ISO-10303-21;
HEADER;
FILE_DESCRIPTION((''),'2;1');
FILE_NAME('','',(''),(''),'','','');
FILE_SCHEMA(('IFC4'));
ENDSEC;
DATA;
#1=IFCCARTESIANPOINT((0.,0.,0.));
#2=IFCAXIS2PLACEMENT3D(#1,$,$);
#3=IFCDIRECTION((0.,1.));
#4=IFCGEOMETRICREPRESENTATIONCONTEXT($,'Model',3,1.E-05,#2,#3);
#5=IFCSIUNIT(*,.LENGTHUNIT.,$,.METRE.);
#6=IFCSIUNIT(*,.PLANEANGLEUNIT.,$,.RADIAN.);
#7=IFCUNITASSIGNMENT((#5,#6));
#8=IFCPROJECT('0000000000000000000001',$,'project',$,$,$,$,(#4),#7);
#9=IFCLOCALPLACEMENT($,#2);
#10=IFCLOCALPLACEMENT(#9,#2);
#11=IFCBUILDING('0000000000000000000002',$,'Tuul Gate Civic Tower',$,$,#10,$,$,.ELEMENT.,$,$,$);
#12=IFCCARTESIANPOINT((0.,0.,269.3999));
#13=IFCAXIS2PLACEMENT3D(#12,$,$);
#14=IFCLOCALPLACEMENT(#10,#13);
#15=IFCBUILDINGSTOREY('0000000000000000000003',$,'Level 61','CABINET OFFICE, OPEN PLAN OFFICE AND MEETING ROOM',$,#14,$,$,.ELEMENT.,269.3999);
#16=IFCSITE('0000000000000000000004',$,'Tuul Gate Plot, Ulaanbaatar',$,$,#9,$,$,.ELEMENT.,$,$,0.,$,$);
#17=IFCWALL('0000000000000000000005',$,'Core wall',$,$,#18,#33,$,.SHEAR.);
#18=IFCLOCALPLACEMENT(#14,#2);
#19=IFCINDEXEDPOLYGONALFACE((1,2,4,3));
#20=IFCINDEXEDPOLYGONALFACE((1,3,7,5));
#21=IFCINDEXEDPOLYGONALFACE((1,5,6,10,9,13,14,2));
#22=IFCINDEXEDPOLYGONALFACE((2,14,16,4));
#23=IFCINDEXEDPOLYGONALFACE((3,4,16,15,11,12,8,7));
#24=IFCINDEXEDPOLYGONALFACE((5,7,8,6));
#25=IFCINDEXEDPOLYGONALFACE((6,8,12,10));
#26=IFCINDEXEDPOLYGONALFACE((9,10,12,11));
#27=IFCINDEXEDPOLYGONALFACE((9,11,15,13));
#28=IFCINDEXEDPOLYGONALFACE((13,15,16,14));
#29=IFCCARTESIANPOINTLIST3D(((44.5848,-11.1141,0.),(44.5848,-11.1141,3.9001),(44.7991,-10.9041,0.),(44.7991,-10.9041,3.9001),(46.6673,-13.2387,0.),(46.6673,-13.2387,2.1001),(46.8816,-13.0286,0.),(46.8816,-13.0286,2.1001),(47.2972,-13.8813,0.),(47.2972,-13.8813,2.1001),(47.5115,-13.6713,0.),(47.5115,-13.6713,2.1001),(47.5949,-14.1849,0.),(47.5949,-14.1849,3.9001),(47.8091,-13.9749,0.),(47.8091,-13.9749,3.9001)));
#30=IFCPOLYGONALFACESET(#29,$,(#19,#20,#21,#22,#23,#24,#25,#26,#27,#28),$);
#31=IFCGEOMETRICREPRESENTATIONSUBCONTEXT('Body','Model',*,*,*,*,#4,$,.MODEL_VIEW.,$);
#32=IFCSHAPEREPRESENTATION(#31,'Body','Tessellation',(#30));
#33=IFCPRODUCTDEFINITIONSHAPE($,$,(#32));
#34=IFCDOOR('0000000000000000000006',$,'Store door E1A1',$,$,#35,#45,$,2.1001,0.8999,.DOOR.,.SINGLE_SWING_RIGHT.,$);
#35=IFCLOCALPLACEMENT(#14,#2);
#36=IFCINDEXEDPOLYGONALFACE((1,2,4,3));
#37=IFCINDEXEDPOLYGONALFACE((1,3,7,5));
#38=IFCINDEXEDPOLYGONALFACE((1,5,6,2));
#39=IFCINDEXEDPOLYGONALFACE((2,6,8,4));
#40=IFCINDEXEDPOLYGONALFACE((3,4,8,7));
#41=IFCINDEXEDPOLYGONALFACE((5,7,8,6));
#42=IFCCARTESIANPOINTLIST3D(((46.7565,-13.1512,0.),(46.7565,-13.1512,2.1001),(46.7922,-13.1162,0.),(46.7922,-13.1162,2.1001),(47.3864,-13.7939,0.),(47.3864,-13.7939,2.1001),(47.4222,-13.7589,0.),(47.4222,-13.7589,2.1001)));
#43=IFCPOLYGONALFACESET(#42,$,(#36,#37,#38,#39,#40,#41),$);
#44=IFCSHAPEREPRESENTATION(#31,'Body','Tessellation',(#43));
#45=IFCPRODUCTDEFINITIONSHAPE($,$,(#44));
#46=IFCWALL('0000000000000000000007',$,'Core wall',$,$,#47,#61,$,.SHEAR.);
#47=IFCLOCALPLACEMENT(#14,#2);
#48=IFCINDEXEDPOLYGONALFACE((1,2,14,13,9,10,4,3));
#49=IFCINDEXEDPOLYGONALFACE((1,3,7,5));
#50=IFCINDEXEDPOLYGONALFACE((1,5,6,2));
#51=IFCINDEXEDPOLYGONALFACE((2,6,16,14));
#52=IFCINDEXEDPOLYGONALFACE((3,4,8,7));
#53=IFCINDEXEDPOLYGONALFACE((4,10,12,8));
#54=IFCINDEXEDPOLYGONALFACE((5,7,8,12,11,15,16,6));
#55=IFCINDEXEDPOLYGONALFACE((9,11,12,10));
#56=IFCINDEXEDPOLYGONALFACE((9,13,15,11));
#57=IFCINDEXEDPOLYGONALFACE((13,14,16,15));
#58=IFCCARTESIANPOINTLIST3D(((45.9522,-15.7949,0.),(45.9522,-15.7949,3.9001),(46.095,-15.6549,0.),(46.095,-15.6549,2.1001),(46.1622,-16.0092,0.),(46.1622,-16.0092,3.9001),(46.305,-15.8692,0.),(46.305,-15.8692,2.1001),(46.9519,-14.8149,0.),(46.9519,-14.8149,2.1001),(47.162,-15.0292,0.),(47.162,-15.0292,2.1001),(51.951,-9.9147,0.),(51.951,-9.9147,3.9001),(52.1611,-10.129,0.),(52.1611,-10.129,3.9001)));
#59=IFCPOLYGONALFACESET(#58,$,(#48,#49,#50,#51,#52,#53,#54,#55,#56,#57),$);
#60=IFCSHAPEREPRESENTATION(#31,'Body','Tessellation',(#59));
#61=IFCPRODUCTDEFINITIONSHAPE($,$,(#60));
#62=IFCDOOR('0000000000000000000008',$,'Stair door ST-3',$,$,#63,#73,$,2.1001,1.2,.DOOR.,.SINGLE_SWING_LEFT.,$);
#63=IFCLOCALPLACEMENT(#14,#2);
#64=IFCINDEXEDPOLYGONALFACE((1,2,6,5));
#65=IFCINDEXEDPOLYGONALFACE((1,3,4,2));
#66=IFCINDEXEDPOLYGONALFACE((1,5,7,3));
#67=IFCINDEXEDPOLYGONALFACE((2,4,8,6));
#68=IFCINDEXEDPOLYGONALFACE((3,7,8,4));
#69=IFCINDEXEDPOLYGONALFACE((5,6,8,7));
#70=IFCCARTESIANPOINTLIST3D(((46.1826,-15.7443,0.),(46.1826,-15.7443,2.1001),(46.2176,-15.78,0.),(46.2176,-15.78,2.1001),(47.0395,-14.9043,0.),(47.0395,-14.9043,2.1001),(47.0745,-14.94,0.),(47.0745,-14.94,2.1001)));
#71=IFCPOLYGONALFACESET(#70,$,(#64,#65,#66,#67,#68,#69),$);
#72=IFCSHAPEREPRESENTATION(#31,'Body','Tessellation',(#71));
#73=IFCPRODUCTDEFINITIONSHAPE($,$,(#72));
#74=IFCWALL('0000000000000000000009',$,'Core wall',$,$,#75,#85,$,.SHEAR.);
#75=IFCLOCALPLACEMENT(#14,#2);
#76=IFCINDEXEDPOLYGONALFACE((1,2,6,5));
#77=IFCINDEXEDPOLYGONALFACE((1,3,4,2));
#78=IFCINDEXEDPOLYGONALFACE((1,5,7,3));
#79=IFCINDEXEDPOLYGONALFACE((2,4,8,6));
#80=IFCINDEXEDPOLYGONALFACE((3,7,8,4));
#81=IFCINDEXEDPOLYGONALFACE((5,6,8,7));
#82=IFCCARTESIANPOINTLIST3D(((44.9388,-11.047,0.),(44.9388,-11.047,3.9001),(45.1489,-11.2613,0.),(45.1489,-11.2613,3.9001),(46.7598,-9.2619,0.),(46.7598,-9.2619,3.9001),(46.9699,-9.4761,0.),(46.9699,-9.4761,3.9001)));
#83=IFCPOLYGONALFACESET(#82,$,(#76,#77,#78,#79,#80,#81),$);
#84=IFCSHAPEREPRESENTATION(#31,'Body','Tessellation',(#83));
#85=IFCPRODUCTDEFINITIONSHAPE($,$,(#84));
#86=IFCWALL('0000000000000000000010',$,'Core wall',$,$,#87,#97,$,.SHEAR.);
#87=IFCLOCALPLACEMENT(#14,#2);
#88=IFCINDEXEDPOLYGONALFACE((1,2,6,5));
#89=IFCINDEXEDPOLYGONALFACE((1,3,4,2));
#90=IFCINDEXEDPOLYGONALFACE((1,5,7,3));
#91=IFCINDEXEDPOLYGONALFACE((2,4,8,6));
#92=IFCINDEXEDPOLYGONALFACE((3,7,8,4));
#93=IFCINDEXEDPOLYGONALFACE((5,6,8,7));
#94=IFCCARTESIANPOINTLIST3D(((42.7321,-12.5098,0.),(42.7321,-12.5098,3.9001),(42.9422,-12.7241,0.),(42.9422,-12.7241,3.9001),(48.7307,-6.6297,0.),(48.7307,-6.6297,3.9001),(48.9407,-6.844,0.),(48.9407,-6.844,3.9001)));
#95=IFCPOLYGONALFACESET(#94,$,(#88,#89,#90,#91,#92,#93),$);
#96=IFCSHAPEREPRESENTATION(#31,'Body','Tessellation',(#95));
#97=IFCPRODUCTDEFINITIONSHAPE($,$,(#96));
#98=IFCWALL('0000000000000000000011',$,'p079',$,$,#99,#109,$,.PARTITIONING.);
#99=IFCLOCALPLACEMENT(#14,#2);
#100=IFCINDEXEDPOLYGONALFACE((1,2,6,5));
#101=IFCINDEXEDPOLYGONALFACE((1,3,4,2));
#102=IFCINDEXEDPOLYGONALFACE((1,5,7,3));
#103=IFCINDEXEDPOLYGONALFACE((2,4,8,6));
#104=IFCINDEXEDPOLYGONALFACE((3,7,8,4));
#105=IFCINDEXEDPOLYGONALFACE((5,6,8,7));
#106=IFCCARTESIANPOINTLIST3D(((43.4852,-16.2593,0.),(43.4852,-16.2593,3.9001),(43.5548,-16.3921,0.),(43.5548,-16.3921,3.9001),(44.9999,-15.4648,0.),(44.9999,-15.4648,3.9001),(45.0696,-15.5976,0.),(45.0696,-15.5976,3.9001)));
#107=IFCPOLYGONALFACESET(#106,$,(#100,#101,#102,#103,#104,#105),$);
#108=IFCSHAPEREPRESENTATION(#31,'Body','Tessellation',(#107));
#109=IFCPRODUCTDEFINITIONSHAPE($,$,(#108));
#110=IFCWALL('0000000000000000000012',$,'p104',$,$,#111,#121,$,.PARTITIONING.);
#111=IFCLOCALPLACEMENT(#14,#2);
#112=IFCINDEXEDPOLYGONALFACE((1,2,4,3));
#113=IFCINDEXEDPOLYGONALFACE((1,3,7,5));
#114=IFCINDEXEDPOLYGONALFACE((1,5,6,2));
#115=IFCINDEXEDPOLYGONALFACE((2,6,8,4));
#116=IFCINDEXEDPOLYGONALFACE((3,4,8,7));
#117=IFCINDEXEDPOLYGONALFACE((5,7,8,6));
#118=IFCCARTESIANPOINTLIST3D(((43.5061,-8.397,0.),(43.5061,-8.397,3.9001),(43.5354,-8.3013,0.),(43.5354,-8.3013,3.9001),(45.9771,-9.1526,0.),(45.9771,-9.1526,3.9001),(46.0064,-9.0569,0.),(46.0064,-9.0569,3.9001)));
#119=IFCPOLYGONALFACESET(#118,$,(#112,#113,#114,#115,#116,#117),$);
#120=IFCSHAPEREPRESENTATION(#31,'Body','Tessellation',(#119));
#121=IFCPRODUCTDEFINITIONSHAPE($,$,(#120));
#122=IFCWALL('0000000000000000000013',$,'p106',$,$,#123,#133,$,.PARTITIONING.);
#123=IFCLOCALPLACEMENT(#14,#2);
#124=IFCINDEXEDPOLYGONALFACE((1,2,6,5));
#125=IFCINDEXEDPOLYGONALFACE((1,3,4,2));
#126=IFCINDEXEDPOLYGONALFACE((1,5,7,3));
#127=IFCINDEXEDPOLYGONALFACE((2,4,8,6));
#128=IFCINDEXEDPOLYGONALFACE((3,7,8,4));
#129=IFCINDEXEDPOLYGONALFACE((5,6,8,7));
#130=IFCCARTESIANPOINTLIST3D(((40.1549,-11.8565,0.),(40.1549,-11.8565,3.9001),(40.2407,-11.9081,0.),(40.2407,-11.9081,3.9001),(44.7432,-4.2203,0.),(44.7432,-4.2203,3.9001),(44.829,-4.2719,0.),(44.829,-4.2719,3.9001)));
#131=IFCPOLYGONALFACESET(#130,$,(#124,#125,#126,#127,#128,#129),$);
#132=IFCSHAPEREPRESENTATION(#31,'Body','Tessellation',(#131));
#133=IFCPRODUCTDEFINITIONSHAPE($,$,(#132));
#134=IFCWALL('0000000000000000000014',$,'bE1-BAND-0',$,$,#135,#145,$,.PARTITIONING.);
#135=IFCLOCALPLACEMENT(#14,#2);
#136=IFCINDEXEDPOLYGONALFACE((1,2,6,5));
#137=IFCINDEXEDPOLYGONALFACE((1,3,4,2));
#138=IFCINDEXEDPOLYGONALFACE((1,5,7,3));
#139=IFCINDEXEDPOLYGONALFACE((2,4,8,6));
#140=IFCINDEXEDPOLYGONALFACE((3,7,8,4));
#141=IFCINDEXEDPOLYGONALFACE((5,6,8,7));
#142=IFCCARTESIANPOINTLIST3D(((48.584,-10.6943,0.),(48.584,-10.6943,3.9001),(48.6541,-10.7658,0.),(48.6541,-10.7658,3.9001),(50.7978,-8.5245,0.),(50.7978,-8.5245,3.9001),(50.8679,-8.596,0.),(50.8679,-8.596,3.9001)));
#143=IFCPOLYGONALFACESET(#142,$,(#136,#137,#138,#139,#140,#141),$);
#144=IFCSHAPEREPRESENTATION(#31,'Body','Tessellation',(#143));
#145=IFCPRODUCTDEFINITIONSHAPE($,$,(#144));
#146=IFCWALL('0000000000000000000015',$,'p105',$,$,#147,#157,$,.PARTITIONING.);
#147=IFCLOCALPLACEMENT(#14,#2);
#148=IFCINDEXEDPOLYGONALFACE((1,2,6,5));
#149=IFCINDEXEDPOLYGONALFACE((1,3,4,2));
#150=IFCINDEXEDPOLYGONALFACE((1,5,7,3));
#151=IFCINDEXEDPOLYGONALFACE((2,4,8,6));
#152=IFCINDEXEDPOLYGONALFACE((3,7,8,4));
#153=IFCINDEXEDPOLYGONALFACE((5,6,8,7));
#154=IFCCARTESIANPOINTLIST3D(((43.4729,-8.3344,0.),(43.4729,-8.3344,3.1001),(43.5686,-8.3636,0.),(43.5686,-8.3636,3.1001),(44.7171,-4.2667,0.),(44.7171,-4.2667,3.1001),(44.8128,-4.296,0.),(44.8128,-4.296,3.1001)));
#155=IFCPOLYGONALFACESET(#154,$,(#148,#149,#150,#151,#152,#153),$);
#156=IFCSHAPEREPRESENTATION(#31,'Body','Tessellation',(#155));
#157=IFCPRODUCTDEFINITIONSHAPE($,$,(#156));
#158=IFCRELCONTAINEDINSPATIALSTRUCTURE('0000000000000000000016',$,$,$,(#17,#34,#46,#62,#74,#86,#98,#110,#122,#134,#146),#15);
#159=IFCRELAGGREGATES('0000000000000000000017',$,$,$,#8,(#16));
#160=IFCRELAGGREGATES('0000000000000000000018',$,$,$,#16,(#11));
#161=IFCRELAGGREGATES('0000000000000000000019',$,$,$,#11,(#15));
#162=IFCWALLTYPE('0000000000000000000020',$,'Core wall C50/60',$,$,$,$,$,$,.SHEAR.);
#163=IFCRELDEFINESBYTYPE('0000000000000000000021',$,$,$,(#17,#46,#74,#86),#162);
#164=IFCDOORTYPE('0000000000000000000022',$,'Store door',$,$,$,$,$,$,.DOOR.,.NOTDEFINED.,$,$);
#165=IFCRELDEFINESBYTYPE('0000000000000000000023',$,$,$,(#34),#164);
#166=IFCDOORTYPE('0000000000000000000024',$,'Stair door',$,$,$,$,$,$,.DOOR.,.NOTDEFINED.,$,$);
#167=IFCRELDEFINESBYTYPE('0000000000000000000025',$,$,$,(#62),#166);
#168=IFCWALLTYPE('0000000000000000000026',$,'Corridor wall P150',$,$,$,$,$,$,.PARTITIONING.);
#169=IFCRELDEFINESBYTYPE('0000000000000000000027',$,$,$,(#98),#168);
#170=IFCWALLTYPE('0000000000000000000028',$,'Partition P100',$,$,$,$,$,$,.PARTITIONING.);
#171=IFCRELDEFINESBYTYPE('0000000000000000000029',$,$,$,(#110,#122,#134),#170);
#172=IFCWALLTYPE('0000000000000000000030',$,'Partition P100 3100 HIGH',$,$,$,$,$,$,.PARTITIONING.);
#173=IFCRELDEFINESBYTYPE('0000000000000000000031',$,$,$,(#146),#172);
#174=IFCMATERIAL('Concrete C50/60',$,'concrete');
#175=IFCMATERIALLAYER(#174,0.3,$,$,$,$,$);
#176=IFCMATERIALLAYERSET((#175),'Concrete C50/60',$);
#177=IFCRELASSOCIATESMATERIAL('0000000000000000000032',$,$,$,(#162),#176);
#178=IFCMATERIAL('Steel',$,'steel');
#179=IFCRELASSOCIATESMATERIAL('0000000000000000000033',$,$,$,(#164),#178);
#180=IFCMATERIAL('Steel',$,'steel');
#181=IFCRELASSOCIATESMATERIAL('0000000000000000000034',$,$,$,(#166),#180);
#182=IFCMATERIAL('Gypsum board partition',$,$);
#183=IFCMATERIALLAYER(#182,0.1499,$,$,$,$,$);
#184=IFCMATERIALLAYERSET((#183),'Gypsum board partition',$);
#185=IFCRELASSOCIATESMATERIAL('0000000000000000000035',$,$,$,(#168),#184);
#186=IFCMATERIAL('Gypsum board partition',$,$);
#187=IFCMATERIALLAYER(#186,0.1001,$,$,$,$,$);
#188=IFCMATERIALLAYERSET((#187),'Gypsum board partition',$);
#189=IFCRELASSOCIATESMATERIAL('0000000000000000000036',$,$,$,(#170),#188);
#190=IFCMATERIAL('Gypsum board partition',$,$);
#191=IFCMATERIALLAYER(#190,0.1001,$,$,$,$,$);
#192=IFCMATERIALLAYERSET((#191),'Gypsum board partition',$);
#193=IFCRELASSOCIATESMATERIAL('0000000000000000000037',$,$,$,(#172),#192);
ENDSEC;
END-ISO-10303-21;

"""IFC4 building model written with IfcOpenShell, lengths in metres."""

from ifc_helpers import new_model, si_unit, direction, frame, frame_2d, origin, place, context, subcontext, project, spatial, rectangle, extrude, material, layer, layer_set, type_object, element, fill, save


model = new_model("IFC4")

# Units and contexts
model_context = context("Model", 3, precision=1e-05, world=origin(), true_north=direction((0.0, 1.0)))
body_context = subcontext(model_context, "Body", "Model", "MODEL_VIEW")
ifc_project = project(units=[si_unit("LENGTHUNIT", "METRE"), si_unit("PLANEANGLEUNIT", "RADIAN")], contexts=[model_context])

# Site, building, storey
site_placement = place(None, origin())
site = spatial("IfcSite", under=ifc_project, at=site_placement, Name="Tuul Gate Plot, Ulaanbaatar", CompositionType="ELEMENT", RefElevation=0.0)
building_placement = place(site_placement, origin())
building = spatial("IfcBuilding", under=site, at=building_placement, Name="Tuul Gate Civic Tower", CompositionType="ELEMENT")
storey_placement = place(building_placement, frame((0.0, 0.0, 269.3999)))
storey = spatial("IfcBuildingStorey", under=building, at=storey_placement, Name="Level 61", Description="CABINET OFFICE, OPEN PLAN OFFICE AND MEETING ROOM", CompositionType="ELEMENT", Elevation=269.3999)

# Walls, openings, doors
ifc_material_1 = material(Name="Concrete C50/60", Category="concrete")
ifc_layer_1 = layer(ifc_material_1, 0.3)
ifc_layer_set_1 = layer_set([ifc_layer_1], Name="Concrete C50/60")
wall_type_1 = type_object("IfcWallType", Name="Core wall C50/60", PredefinedType="SHEAR", material=ifc_layer_set_1)
wall_1_placement = place(storey_placement, frame((47.7019, -14.0798, 0.0), z_axis=(0.0, 0.0, 1.0), x_axis=(-0.700003, 0.71414, 0.0)))
wall_1 = element("IfcWall", 1, at=wall_1_placement, inside=storey, type_object=wall_type_1, Name="Core wall", PredefinedType="SHEAR", context=body_context, shape_type="SweptSolid", body=[
    extrude(rectangle(XDim=4.3, YDim=0.3, at=frame_2d((2.1499, 0.0))), origin(), (0.0, 0.0, 1.0), 3.9001),
])
opening_1_placement = place(wall_1_placement, frame((0.425, 0.0, 0.0)))
opening_1 = element("IfcOpeningElement", 2, at=opening_1_placement, cuts=wall_1, PredefinedType="OPENING", context=body_context, shape_type="SweptSolid", body=[
    extrude(rectangle(XDim=0.8999, YDim=2.1001, at=frame_2d((0.45, 1.05))), frame((0.0, 0.1602, 0.0), z_axis=(0.0, -1.0, 0.0), x_axis=(1.0, 0.0, 0.0)), (0.0, 0.0, 1.0), 0.3201),
])
ifc_material_2 = material(Name="Steel", Category="steel")
door_type_1 = type_object("IfcDoorType", Name="Store door", OperationType="NOTDEFINED", PredefinedType="DOOR", material=ifc_material_2)
door_1_placement = place(opening_1_placement, frame((0.8999, 0.0, 0.0), z_axis=(0.0, 0.0, 1.0), x_axis=(-1.0, 0.0, 0.0)))
door_1 = element("IfcDoor", 3, at=door_1_placement, inside=storey, type_object=door_type_1, Name="Store door E1A1", OperationType="SINGLE_SWING_RIGHT", OverallHeight=2.1001, OverallWidth=0.8999, PredefinedType="DOOR", context=body_context, shape_type="SweptSolid", body=[
    extrude(rectangle(XDim=0.8999, YDim=2.1001, at=frame_2d((0.45, 1.05))), frame((0.0, 0.0249, 0.0), z_axis=(0.0, -1.0, 0.0), x_axis=(1.0, 0.0, 0.0)), (0.0, 0.0, 1.0), 0.05),
])
fill(opening_1, door_1)
wall_2_placement = place(storey_placement, frame((46.0571, -15.9021, 0.0), z_axis=(0.0, 0.0, 1.0), x_axis=(0.714134, 0.700009, 0.0)))
wall_2 = element("IfcWall", 4, at=wall_2_placement, inside=storey, type_object=wall_type_1, Name="Core wall", PredefinedType="SHEAR", context=body_context, shape_type="SweptSolid", body=[
    extrude(rectangle(XDim=8.4001, YDim=0.3, at=frame_2d((4.2002, 0.0))), origin(), (0.0, 0.0, 1.0), 3.9001),
])
opening_2_placement = place(wall_2_placement, frame((0.2, 0.0, 0.0)))
opening_2 = element("IfcOpeningElement", 5, at=opening_2_placement, cuts=wall_2, PredefinedType="OPENING", context=body_context, shape_type="SweptSolid", body=[
    extrude(rectangle(XDim=1.2, YDim=2.1001, at=frame_2d((0.6001, 1.05))), frame((0.0, 0.1602, 0.0), z_axis=(0.0, -1.0, 0.0), x_axis=(1.0, 0.0, 0.0)), (0.0, 0.0, 1.0), 0.3201),
])
ifc_material_3 = material(Name="Steel", Category="steel")
door_type_2 = type_object("IfcDoorType", Name="Stair door", OperationType="NOTDEFINED", PredefinedType="DOOR", material=ifc_material_3)
door_2_placement = place(opening_2_placement, origin())
door_2 = element("IfcDoor", 6, at=door_2_placement, inside=storey, type_object=door_type_2, Name="Stair door ST-3", OperationType="SINGLE_SWING_LEFT", OverallHeight=2.1001, OverallWidth=1.2, PredefinedType="DOOR", context=body_context, shape_type="SweptSolid", body=[
    extrude(rectangle(XDim=1.2, YDim=2.1001, at=frame_2d((0.6001, 1.05))), frame((0.0, 0.0249, 0.0), z_axis=(0.0, -1.0, 0.0), x_axis=(1.0, 0.0, 0.0)), (0.0, 0.0, 1.0), 0.05),
])
fill(opening_2, door_2)

# Walls
wall_3_placement = place(storey_placement, frame((45.0439, -11.1541, 0.0), z_axis=(0.0, 0.0, 1.0), x_axis=(0.714108, 0.700035, 0.0)))
element("IfcWall", 7, at=wall_3_placement, inside=storey, type_object=wall_type_1, Name="Core wall", PredefinedType="SHEAR", context=body_context, shape_type="SweptSolid", body=[
    extrude(rectangle(XDim=2.55, YDim=0.3, at=frame_2d((1.2749, 0.0))), origin(), (0.0, 0.0, 1.0), 3.9001),
])
wall_4_placement = place(storey_placement, frame((42.8372, -12.6169, 0.0), z_axis=(0.0, 0.0, 1.0), x_axis=(0.71412, 0.700023, 0.0)))
element("IfcWall", 8, at=wall_4_placement, inside=storey, type_object=wall_type_1, Name="Core wall", PredefinedType="SHEAR", context=body_context, shape_type="SweptSolid", body=[
    extrude(rectangle(XDim=8.3999, YDim=0.3, at=frame_2d((4.2, 0.0))), origin(), (0.0, 0.0, 1.0), 3.9001),
])
ifc_material_4 = material(Name="Gypsum board partition")
ifc_layer_2 = layer(ifc_material_4, 0.1499)
ifc_layer_set_2 = layer_set([ifc_layer_2], Name="Gypsum board partition")
wall_type_2 = type_object("IfcWallType", Name="Corridor wall P150", PredefinedType="PARTITIONING", material=ifc_layer_set_2)
wall_5_placement = place(storey_placement, frame((43.52, -16.3257, 0.0), z_axis=(0.0, 0.0, 1.0), x_axis=(0.88558, 0.464487, 0.0)))
element("IfcWall", 9, at=wall_5_placement, inside=storey, type_object=wall_type_2, Name="p079", PredefinedType="PARTITIONING", context=body_context, shape_type="SweptSolid", body=[
    extrude(rectangle(XDim=1.7104, YDim=0.1499, at=frame_2d((0.8552, 0.0))), origin(), (0.0, 0.0, 1.0), 3.9001),
])
ifc_material_5 = material(Name="Gypsum board partition")
ifc_layer_3 = layer(ifc_material_5, 0.1001)
ifc_layer_set_3 = layer_set([ifc_layer_3], Name="Gypsum board partition")
wall_type_3 = type_object("IfcWallType", Name="Partition P100", PredefinedType="PARTITIONING", material=ifc_layer_set_3)
wall_6_placement = place(storey_placement, frame((43.5208, -8.3491, 0.0), z_axis=(0.0, 0.0, 1.0), x_axis=(0.956286, -0.292432, 0.0)))
element("IfcWall", 10, at=wall_6_placement, inside=storey, type_object=wall_type_3, Name="p104", PredefinedType="PARTITIONING", context=body_context, shape_type="SweptSolid", body=[
    extrude(rectangle(XDim=2.584, YDim=0.1001, at=frame_2d((1.292, 0.0))), origin(), (0.0, 0.0, 1.0), 3.9001),
])
wall_7_placement = place(storey_placement, frame((40.1978, -11.8823, 0.0), z_axis=(0.0, 0.0, 1.0), x_axis=(0.515044, 0.857164, 0.0)))
element("IfcWall", 11, at=wall_7_placement, inside=storey, type_object=wall_type_3, Name="p106", PredefinedType="PARTITIONING", context=body_context, shape_type="SweptSolid", body=[
    extrude(rectangle(XDim=8.9087, YDim=0.1001, at=frame_2d((4.4543, 0.0))), origin(), (0.0, 0.0, 1.0), 3.9001),
])
wall_8_placement = place(storey_placement, frame((48.6191, -10.73, 0.0), z_axis=(0.0, 0.0, 1.0), x_axis=(0.714159, 0.699983, 0.0)))
element("IfcWall", 12, at=wall_8_placement, inside=storey, type_object=wall_type_3, Name="bE1-BAND-0", PredefinedType="PARTITIONING", context=body_context, shape_type="SweptSolid", body=[
    extrude(rectangle(XDim=3.0999, YDim=0.1001, at=frame_2d((1.5498, 0.0))), origin(), (0.0, 0.0, 1.0), 3.9001),
])
ifc_material_6 = material(Name="Gypsum board partition")
ifc_layer_4 = layer(ifc_material_6, 0.1001)
ifc_layer_set_4 = layer_set([ifc_layer_4], Name="Gypsum board partition")
wall_type_4 = type_object("IfcWallType", Name="Partition P100 3100 HIGH", PredefinedType="PARTITIONING", material=ifc_layer_set_4)
wall_9_placement = place(storey_placement, frame((43.5208, -8.3491, 0.0), z_axis=(0.0, 0.0, 1.0), x_axis=(0.292488, 0.956269, 0.0)))
element("IfcWall", 13, at=wall_9_placement, inside=storey, type_object=wall_type_4, Name="p105", PredefinedType="PARTITIONING", context=body_context, shape_type="SweptSolid", body=[
    extrude(rectangle(XDim=4.2537, YDim=0.1001, at=frame_2d((2.127, 0.0))), origin(), (0.0, 0.0, 1.0), 3.1001),
])

save(model, "model.ifc")
